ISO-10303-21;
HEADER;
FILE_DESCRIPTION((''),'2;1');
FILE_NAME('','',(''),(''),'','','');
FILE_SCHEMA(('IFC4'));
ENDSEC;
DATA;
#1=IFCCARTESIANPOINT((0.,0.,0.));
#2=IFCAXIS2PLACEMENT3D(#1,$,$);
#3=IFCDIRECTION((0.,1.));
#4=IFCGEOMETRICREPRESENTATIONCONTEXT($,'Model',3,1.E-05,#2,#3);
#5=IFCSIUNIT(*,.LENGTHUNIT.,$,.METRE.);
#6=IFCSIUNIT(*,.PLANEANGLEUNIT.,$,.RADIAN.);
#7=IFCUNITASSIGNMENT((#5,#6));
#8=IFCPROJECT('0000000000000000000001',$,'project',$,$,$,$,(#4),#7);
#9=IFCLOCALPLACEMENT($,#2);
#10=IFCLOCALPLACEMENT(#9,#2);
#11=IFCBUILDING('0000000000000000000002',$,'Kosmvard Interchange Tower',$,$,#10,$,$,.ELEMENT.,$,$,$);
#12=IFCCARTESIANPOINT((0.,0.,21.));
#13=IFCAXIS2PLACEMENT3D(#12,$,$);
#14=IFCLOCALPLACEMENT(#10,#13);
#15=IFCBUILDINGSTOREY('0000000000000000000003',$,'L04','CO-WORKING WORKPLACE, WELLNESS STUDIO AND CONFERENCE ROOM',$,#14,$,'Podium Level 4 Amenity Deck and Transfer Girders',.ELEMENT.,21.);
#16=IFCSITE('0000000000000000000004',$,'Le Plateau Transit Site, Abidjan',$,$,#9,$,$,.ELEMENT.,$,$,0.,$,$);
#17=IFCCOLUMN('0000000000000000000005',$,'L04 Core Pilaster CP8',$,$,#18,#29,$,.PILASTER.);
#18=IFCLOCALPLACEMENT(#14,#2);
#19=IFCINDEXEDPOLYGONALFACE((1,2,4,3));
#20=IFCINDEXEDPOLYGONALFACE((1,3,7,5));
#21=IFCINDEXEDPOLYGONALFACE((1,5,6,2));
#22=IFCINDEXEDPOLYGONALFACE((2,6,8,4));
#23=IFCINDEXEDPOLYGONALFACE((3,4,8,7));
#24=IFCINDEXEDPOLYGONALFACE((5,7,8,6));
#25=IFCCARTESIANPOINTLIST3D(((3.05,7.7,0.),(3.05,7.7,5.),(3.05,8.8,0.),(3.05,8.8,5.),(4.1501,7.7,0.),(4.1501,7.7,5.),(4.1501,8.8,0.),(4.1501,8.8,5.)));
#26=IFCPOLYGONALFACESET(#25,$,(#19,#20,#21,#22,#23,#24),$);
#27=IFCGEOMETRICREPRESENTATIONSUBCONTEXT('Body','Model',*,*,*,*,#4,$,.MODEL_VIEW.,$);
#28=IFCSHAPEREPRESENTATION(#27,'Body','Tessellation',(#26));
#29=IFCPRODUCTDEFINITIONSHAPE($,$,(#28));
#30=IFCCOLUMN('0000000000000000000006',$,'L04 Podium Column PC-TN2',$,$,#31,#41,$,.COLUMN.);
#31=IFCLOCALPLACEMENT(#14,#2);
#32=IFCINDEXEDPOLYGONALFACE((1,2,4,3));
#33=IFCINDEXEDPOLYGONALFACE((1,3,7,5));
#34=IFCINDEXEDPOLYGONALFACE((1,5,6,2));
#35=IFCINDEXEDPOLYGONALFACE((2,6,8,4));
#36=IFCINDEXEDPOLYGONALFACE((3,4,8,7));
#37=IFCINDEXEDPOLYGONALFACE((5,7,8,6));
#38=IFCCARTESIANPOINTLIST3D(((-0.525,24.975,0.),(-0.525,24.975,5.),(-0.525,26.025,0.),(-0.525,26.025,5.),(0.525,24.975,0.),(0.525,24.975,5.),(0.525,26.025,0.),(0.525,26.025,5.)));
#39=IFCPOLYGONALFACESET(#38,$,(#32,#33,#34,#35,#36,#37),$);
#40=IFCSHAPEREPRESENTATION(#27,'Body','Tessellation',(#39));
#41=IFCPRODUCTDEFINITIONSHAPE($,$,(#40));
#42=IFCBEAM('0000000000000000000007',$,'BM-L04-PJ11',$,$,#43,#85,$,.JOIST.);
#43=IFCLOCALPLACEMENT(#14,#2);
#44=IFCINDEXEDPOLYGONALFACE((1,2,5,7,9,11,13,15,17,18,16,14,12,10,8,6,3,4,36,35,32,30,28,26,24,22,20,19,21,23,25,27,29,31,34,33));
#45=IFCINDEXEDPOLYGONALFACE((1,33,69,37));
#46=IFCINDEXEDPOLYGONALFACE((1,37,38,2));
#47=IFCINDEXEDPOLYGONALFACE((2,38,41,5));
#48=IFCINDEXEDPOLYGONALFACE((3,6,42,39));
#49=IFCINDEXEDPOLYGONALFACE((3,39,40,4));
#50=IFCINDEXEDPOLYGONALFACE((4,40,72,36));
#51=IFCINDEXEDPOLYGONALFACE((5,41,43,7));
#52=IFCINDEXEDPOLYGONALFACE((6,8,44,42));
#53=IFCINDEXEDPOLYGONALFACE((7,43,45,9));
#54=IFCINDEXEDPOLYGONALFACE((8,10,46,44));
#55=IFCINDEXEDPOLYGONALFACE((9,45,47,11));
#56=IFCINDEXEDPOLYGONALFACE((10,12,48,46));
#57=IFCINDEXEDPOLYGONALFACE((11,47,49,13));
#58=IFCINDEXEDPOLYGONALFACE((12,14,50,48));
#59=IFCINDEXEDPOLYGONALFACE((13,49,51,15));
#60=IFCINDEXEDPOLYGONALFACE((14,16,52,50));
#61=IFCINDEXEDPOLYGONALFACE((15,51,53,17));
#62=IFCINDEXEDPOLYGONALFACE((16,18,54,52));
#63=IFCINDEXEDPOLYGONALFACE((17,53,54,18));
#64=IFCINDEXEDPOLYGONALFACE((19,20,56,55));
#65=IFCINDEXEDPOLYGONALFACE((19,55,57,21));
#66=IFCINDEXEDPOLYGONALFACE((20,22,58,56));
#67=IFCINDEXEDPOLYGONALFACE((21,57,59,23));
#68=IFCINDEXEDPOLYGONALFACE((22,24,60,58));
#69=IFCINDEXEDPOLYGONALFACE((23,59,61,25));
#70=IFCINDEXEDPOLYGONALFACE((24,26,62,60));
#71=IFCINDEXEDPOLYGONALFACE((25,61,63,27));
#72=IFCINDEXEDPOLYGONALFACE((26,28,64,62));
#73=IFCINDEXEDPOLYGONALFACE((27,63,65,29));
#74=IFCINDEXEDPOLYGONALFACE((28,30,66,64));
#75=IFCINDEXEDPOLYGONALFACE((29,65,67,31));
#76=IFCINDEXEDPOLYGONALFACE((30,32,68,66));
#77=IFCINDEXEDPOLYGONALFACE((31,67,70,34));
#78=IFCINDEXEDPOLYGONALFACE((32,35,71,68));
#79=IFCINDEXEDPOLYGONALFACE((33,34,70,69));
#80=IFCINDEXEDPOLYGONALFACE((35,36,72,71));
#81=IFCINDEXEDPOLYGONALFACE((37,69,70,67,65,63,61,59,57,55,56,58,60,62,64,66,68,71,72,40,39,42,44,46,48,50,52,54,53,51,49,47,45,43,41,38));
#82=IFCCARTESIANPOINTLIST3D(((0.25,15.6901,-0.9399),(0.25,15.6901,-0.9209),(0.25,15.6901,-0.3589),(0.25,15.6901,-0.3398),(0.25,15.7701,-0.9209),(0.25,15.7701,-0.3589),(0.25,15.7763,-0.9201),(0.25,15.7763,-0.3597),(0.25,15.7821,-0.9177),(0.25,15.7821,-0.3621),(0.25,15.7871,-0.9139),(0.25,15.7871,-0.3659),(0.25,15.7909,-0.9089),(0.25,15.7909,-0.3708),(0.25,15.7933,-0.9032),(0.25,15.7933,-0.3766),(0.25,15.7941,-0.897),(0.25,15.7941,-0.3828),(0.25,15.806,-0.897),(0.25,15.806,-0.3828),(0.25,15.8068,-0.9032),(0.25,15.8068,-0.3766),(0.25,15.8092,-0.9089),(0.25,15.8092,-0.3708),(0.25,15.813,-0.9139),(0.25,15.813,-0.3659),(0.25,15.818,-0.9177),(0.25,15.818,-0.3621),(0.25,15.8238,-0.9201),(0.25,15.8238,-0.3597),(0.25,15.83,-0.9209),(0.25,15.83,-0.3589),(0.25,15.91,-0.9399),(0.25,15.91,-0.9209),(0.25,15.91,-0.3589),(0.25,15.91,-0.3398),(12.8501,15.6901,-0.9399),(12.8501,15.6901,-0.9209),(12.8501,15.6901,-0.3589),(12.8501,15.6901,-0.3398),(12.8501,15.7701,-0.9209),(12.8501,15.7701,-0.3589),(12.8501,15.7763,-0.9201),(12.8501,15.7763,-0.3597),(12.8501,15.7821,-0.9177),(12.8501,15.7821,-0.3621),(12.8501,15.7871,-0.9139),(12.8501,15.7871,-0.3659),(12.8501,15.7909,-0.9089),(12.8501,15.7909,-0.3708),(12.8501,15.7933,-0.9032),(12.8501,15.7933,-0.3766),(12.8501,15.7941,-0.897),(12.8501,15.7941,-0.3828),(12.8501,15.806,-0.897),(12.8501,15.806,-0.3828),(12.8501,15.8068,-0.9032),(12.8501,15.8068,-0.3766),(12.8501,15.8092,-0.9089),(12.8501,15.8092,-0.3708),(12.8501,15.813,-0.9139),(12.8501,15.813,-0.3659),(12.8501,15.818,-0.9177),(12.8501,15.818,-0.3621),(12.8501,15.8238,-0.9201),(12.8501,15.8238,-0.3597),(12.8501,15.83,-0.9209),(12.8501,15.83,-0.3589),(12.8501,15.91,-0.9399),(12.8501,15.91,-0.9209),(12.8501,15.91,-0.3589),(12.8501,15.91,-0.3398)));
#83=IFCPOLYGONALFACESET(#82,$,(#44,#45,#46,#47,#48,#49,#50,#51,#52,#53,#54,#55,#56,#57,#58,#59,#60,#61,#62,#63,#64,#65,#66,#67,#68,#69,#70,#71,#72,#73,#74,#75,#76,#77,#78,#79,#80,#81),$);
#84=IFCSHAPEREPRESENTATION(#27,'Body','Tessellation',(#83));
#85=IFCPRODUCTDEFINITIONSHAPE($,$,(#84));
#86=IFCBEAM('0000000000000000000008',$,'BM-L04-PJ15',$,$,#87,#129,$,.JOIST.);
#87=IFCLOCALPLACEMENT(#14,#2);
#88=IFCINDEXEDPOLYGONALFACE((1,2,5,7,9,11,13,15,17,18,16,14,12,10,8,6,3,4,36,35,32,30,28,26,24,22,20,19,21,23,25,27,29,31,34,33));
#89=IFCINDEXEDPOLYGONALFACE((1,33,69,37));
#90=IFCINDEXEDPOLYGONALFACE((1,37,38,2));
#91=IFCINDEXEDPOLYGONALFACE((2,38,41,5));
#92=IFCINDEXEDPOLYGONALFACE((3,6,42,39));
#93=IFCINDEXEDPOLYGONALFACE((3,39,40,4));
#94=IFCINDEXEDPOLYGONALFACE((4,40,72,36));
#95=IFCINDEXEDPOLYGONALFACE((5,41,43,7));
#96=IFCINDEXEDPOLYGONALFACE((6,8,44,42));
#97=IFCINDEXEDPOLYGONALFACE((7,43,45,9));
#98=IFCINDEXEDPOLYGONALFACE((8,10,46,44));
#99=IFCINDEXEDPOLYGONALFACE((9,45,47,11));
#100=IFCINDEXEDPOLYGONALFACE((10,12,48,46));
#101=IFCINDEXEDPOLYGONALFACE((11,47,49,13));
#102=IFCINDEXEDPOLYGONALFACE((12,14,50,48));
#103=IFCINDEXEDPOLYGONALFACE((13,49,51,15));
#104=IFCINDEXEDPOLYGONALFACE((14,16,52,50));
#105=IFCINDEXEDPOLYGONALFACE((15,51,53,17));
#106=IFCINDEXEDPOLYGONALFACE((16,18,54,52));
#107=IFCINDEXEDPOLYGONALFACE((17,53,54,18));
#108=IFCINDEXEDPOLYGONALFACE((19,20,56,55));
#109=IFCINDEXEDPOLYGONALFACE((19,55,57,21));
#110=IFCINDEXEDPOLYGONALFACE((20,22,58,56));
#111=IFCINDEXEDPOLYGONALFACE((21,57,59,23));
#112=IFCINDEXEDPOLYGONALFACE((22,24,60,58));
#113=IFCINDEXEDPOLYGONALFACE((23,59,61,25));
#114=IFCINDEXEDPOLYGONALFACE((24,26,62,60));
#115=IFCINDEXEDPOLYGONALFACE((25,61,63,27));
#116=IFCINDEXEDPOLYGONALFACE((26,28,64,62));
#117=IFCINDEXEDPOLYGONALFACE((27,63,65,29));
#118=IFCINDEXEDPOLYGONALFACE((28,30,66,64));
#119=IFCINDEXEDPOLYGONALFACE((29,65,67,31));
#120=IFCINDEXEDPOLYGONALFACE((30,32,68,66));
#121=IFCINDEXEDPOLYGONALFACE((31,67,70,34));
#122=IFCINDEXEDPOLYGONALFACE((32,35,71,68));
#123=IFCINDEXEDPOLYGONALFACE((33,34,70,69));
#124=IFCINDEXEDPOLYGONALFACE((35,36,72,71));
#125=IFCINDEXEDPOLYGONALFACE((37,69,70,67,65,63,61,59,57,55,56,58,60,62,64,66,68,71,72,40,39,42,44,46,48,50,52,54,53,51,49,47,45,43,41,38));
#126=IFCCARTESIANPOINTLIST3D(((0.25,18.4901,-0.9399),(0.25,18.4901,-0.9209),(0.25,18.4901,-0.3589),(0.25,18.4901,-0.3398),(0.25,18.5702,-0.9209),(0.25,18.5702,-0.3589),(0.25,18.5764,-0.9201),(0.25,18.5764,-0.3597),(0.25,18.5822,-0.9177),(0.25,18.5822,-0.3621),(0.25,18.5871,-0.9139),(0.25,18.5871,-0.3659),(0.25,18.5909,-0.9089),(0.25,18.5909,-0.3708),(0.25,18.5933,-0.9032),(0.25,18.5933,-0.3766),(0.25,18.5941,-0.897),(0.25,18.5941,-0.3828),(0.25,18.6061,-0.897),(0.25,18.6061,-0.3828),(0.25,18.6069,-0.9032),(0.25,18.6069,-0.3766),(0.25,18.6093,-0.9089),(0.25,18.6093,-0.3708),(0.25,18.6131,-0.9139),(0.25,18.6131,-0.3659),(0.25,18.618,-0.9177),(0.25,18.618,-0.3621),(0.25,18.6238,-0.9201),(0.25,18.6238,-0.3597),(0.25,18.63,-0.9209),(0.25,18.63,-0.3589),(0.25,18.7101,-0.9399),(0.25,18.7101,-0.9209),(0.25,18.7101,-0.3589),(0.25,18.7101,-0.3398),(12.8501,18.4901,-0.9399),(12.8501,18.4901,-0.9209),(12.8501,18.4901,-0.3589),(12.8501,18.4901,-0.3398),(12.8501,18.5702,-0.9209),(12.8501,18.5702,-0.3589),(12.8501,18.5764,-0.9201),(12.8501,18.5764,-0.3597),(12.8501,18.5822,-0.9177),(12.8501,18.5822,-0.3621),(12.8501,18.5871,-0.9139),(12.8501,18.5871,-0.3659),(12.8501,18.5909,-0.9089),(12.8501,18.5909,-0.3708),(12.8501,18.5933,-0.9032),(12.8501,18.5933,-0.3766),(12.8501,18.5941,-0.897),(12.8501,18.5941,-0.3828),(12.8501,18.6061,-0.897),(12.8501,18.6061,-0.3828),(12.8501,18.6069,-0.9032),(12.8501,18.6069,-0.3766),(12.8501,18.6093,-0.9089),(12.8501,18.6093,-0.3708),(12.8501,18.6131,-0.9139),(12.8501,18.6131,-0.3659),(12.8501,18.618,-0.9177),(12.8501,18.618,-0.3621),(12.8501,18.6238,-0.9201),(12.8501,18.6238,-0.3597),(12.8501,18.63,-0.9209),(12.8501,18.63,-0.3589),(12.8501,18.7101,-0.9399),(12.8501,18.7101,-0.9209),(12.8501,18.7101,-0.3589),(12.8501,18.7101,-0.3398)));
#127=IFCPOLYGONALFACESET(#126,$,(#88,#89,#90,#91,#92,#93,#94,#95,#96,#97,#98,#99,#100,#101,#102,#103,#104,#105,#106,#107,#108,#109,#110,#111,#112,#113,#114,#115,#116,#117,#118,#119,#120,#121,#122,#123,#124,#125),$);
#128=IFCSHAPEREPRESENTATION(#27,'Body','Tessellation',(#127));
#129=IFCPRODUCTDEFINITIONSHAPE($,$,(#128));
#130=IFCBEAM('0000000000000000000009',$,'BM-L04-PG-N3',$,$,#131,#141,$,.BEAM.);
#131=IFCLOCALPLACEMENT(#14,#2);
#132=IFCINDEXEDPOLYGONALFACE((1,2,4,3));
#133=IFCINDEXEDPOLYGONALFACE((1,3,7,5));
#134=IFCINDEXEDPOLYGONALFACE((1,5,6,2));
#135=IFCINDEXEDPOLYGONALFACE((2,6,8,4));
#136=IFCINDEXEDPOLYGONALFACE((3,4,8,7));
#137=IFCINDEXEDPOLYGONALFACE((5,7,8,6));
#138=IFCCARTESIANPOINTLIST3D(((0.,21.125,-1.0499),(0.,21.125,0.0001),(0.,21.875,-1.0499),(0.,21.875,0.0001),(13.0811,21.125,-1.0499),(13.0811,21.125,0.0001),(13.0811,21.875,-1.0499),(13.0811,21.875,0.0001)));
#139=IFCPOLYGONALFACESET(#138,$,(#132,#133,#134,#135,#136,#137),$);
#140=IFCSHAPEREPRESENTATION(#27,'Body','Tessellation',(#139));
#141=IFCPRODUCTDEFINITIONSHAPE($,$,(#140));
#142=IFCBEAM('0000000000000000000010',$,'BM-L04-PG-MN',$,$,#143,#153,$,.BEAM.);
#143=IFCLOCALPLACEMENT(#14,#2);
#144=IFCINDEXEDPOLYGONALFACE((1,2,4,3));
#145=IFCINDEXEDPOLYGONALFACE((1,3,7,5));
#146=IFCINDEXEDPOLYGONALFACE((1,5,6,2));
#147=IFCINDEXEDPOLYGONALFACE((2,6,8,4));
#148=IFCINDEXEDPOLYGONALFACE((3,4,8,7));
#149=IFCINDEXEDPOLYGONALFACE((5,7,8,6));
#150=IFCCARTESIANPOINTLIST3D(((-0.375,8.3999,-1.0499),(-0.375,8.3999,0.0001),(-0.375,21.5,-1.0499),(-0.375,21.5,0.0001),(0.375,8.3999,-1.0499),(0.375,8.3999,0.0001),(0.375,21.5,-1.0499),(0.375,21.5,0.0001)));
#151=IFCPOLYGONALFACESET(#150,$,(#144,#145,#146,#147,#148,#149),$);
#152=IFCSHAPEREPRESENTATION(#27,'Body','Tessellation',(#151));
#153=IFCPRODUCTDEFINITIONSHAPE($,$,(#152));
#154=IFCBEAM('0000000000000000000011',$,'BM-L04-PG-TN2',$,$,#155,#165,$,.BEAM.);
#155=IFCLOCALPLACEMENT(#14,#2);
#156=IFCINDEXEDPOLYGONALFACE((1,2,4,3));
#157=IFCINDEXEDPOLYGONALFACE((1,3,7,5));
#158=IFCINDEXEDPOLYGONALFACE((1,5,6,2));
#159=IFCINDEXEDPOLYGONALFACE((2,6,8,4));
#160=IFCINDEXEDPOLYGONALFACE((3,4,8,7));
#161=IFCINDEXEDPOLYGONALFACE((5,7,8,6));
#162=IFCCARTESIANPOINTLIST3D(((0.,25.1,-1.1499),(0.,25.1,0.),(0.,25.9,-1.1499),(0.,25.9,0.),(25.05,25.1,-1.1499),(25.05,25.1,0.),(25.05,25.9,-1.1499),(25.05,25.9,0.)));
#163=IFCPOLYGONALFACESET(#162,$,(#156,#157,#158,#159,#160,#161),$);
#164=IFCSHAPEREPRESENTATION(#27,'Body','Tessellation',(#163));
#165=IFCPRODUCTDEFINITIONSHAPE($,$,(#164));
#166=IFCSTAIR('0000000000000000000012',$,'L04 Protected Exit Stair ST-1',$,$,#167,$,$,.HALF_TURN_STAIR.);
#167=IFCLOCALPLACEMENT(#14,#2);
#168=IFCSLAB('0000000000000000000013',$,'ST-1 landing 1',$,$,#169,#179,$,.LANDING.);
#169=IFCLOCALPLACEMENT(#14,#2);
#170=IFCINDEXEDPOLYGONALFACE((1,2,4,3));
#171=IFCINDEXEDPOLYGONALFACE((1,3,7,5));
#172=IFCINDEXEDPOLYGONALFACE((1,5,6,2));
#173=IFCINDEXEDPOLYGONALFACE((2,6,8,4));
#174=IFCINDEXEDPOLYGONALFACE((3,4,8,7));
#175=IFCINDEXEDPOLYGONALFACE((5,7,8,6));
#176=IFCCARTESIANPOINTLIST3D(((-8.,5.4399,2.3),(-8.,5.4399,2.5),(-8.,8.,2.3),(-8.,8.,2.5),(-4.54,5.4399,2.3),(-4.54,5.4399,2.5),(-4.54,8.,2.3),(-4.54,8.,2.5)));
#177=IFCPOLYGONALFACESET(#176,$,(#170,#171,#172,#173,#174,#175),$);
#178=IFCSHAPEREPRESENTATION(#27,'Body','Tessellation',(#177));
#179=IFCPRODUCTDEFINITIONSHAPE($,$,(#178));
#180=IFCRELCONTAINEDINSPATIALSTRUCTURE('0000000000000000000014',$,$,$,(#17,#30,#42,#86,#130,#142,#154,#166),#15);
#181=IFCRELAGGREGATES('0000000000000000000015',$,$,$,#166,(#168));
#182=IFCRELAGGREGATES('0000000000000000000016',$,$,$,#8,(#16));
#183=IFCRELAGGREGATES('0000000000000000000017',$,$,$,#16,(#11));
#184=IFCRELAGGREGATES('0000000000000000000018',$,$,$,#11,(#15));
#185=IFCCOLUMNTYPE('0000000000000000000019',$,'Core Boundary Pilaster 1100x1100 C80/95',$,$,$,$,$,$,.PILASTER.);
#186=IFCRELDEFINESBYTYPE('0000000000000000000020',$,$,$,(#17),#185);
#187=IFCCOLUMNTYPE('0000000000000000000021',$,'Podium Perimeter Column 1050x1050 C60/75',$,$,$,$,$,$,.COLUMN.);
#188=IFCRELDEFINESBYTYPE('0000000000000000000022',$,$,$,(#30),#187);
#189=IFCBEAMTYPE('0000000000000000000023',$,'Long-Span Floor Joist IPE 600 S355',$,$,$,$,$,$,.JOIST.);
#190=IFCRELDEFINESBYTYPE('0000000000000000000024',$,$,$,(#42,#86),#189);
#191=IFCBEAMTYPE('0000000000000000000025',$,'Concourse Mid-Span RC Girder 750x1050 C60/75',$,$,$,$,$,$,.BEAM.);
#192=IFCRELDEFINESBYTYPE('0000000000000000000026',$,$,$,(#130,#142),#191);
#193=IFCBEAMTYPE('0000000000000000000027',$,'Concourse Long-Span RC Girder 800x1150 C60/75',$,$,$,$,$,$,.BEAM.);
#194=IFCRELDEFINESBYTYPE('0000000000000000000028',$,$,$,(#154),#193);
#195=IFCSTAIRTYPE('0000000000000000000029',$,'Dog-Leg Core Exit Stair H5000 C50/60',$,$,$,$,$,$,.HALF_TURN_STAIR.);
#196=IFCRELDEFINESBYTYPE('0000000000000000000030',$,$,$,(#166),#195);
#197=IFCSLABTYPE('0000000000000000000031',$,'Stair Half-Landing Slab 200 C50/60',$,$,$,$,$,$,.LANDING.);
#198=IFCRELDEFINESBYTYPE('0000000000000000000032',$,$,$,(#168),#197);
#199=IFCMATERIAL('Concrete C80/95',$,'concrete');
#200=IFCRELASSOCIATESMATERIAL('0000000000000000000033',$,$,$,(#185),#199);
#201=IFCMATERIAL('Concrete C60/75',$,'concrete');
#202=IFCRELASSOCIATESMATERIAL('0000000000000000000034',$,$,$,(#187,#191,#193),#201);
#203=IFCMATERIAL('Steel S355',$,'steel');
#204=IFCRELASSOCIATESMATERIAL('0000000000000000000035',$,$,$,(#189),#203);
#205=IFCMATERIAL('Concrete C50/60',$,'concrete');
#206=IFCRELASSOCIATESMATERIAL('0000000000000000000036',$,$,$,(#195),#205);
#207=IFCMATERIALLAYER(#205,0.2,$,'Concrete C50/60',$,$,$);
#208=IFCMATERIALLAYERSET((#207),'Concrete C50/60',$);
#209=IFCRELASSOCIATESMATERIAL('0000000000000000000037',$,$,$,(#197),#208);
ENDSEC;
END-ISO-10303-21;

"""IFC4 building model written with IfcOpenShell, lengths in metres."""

from ifc_helpers import new_model, si_unit, direction, frame, origin, origin_2d, place, context, subcontext, project, spatial, polyline, rectangle, i_section, outline, extrude, source, transform, mapped, material, layer, layer_set, material_profile, profile_set, type_object, element, aggregate, save


model = new_model("IFC4")

# Units and contexts
model_context = context("Model", 3, precision=1e-05, world=origin(), true_north=direction((0.0, 1.0)))
body_context = subcontext(model_context, "Body", "Model", "MODEL_VIEW")
ifc_project = project(units=[si_unit("LENGTHUNIT", "METRE"), si_unit("PLANEANGLEUNIT", "RADIAN")], contexts=[model_context])

# Site, building, storey
site_placement = place(None, origin())
site = spatial("IfcSite", under=ifc_project, at=site_placement, Name="Le Plateau Transit Site, Abidjan", CompositionType="ELEMENT", RefElevation=0.0)
building_placement = place(site_placement, origin())
building = spatial("IfcBuilding", under=site, at=building_placement, Name="Kosmvard Interchange Tower", CompositionType="ELEMENT")
storey_placement = place(building_placement, frame((0.0, 0.0, 21.0)))
storey = spatial("IfcBuildingStorey", under=building, at=storey_placement, Name="L04", Description="CO-WORKING WORKPLACE, WELLNESS STUDIO AND CONFERENCE ROOM", LongName="Podium Level 4 Amenity Deck and Transfer Girders", CompositionType="ELEMENT", Elevation=21.0)

# Columns
ifc_material_1 = material(Name="Concrete C80/95", Category="concrete")
ifc_material_profile_1 = material_profile(ifc_material_1, rectangle(XDim=1.1001, YDim=1.1001, at=origin_2d()), Name="CP 1100x1100")
ifc_profile_set_1 = profile_set([ifc_material_profile_1], Name="Concrete C80/95")
column_type_1 = type_object("IfcColumnType", Name="Core Boundary Pilaster 1100x1100 C80/95", PredefinedType="PILASTER", material=ifc_profile_set_1)
shared_shape_1 = source(origin(), body_context, "Body", "SweptSolid", [
    extrude(rectangle(XDim=1.1001, YDim=1.1001, at=origin_2d()), origin(), (0.0, 0.0, 1.0), 5.0),
])
column_1_placement = place(storey_placement, frame((3.6001, 8.25, 0.0), z_axis=(0.0, 0.0, 1.0), x_axis=(1.0, 0.0, 0.0)))
element("IfcColumn", 1, at=column_1_placement, inside=storey, type_object=column_type_1, Name="L04 Core Pilaster CP8", PredefinedType="PILASTER", context=body_context, shape_type="MappedRepresentation", body=[
    mapped(shared_shape_1, transform((0.0, 0.0, 0.0), scale=1.0)),
])
ifc_material_2 = material(Name="Concrete C60/75", Category="concrete")
ifc_material_profile_2 = material_profile(ifc_material_2, rectangle(XDim=1.05, YDim=1.05, at=origin_2d()), Name="PC 1050x1050")
ifc_profile_set_2 = profile_set([ifc_material_profile_2], Name="Concrete C60/75")
column_type_2 = type_object("IfcColumnType", Name="Podium Perimeter Column 1050x1050 C60/75", PredefinedType="COLUMN", material=ifc_profile_set_2)
shared_shape_2 = source(origin(), body_context, "Body", "SweptSolid", [
    extrude(rectangle(XDim=1.05, YDim=1.05, at=origin_2d()), origin(), (0.0, 0.0, 1.0), 5.0),
])
column_2_placement = place(storey_placement, frame((0.0, 25.5, 0.0), z_axis=(0.0, 0.0, 1.0), x_axis=(1.0, 0.0, 0.0)))
element("IfcColumn", 2, at=column_2_placement, inside=storey, type_object=column_type_2, Name="L04 Podium Column PC-TN2", PredefinedType="COLUMN", context=body_context, shape_type="MappedRepresentation", body=[
    mapped(shared_shape_2, transform((0.0, 0.0, 0.0), scale=1.0)),
])

# Beams
ifc_material_3 = material(Name="Steel S355", Category="steel")
ifc_material_profile_3 = material_profile(ifc_material_3, i_section(OverallWidth=0.22, OverallDepth=0.6001, WebThickness=0.012, FlangeThickness=0.019, FilletRadius=0.0239, at=origin_2d()), Name="IPE 600")
ifc_profile_set_3 = profile_set([ifc_material_profile_3], Name="Steel S355")
beam_type_1 = type_object("IfcBeamType", Name="Long-Span Floor Joist IPE 600 S355", PredefinedType="JOIST", material=ifc_profile_set_3)
shared_shape_3 = source(origin(), body_context, "Body", "SweptSolid", [
    extrude(i_section(OverallWidth=0.22, OverallDepth=0.6001, WebThickness=0.012, FlangeThickness=0.019, FilletRadius=0.0239, at=origin_2d()), origin(), (0.0, 0.0, 1.0), 12.6001),
])
for number, where, z_axis, x_axis, name in (
    (3, (0.25, 15.8, -0.6399), (1.0, 0.0, 0.0), (0.0, 1.0, 0.0), "BM-L04-PJ11"),
    (4, (0.25, 18.6001, -0.6399), (1.0, 0.0, 0.0), (0.0, 1.0, 0.0), "BM-L04-PJ15"),
):
    element("IfcBeam", number, at=place(storey_placement, frame(where, z_axis=z_axis, x_axis=x_axis)), inside=storey, type_object=beam_type_1, Name=name, PredefinedType="JOIST", context=body_context, shape_type="MappedRepresentation", body=[
        mapped(shared_shape_3, transform((0.0, 0.0, 0.0), scale=1.0)),
    ])
ifc_material_profile_4 = material_profile(ifc_material_2, rectangle(XDim=0.75, YDim=1.05, at=origin_2d()), Name="RCG 750x1050")
ifc_profile_set_4 = profile_set([ifc_material_profile_4], Name="Concrete C60/75")
beam_type_2 = type_object("IfcBeamType", Name="Concourse Mid-Span RC Girder 750x1050 C60/75", PredefinedType="BEAM", material=ifc_profile_set_4)
shared_shape_4 = source(origin(), body_context, "Body", "SweptSolid", [
    extrude(rectangle(XDim=0.75, YDim=1.05, at=origin_2d()), origin(), (0.0, 0.0, 1.0), 13.0811),
])
beam_1_placement = place(storey_placement, frame((0.0, 21.5, -0.5249), z_axis=(1.0, 0.0, 0.0), x_axis=(0.0, 1.0, 0.0)))
element("IfcBeam", 5, at=beam_1_placement, inside=storey, type_object=beam_type_2, Name="BM-L04-PG-N3", PredefinedType="BEAM", context=body_context, shape_type="MappedRepresentation", body=[
    mapped(shared_shape_4, transform((0.0, 0.0, 0.0), scale=1.0)),
])
shared_shape_5 = source(origin(), body_context, "Body", "SweptSolid", [
    extrude(rectangle(XDim=0.75, YDim=1.05, at=origin_2d()), origin(), (0.0, 0.0, 1.0), 13.1001),
])
beam_2_placement = place(storey_placement, frame((0.0, 21.5, -0.5249), z_axis=(0.0, -1.0, 0.0), x_axis=(1.0, 0.0, 0.0)))
element("IfcBeam", 6, at=beam_2_placement, inside=storey, type_object=beam_type_2, Name="BM-L04-PG-MN", PredefinedType="BEAM", context=body_context, shape_type="MappedRepresentation", body=[
    mapped(shared_shape_5, transform((0.0, 0.0, 0.0), scale=1.0)),
])
ifc_material_profile_5 = material_profile(ifc_material_2, rectangle(XDim=0.8, YDim=1.1499, at=origin_2d()), Name="RCG 800x1150")
ifc_profile_set_5 = profile_set([ifc_material_profile_5], Name="Concrete C60/75")
beam_type_3 = type_object("IfcBeamType", Name="Concourse Long-Span RC Girder 800x1150 C60/75", PredefinedType="BEAM", material=ifc_profile_set_5)
shared_shape_6 = source(origin(), body_context, "Body", "SweptSolid", [
    extrude(rectangle(XDim=0.8, YDim=1.1499, at=origin_2d()), origin(), (0.0, 0.0, 1.0), 25.05),
])
beam_3_placement = place(storey_placement, frame((0.0, 25.5, -0.575), z_axis=(1.0, 0.0, 0.0), x_axis=(0.0, 1.0, 0.0)))
element("IfcBeam", 7, at=beam_3_placement, inside=storey, type_object=beam_type_3, Name="BM-L04-PG-TN2", PredefinedType="BEAM", context=body_context, shape_type="MappedRepresentation", body=[
    mapped(shared_shape_6, transform((0.0, 0.0, 0.0), scale=1.0)),
])

# Stair, slab
ifc_material_4 = material(Name="Concrete C50/60", Category="concrete")
stair_type = type_object("IfcStairType", Name="Dog-Leg Core Exit Stair H5000 C50/60", PredefinedType="HALF_TURN_STAIR", material=ifc_material_4)
stair_1_placement = place(storey_placement, origin())
stair_1 = element("IfcStair", 8, at=stair_1_placement, inside=storey, type_object=stair_type, Name="L04 Protected Exit Stair ST-1", PredefinedType="HALF_TURN_STAIR")
ifc_layer_1 = layer(ifc_material_4, 0.2, Name="Concrete C50/60")
ifc_layer_set_1 = layer_set([ifc_layer_1], Name="Concrete C50/60")
slab_type = type_object("IfcSlabType", Name="Stair Half-Landing Slab 200 C50/60", PredefinedType="LANDING", material=ifc_layer_set_1)
slab_1_placement = place(storey_placement, frame((0.0, 0.0, 2.3)))
slab_1 = element("IfcSlab", 9, at=slab_1_placement, type_object=slab_type, Name="ST-1 landing 1", PredefinedType="LANDING", context=body_context, shape_type="SweptSolid", body=[
    extrude(outline(polyline([(-4.54, 5.4399), (-4.54, 8.0), (-8.0, 8.0), (-8.0, 5.4399), (-4.54, 5.4399)])), origin(), (0.0, 0.0, 1.0), 0.2),
])
aggregate(stair_1, [slab_1])

save(model, "model.ifc")
